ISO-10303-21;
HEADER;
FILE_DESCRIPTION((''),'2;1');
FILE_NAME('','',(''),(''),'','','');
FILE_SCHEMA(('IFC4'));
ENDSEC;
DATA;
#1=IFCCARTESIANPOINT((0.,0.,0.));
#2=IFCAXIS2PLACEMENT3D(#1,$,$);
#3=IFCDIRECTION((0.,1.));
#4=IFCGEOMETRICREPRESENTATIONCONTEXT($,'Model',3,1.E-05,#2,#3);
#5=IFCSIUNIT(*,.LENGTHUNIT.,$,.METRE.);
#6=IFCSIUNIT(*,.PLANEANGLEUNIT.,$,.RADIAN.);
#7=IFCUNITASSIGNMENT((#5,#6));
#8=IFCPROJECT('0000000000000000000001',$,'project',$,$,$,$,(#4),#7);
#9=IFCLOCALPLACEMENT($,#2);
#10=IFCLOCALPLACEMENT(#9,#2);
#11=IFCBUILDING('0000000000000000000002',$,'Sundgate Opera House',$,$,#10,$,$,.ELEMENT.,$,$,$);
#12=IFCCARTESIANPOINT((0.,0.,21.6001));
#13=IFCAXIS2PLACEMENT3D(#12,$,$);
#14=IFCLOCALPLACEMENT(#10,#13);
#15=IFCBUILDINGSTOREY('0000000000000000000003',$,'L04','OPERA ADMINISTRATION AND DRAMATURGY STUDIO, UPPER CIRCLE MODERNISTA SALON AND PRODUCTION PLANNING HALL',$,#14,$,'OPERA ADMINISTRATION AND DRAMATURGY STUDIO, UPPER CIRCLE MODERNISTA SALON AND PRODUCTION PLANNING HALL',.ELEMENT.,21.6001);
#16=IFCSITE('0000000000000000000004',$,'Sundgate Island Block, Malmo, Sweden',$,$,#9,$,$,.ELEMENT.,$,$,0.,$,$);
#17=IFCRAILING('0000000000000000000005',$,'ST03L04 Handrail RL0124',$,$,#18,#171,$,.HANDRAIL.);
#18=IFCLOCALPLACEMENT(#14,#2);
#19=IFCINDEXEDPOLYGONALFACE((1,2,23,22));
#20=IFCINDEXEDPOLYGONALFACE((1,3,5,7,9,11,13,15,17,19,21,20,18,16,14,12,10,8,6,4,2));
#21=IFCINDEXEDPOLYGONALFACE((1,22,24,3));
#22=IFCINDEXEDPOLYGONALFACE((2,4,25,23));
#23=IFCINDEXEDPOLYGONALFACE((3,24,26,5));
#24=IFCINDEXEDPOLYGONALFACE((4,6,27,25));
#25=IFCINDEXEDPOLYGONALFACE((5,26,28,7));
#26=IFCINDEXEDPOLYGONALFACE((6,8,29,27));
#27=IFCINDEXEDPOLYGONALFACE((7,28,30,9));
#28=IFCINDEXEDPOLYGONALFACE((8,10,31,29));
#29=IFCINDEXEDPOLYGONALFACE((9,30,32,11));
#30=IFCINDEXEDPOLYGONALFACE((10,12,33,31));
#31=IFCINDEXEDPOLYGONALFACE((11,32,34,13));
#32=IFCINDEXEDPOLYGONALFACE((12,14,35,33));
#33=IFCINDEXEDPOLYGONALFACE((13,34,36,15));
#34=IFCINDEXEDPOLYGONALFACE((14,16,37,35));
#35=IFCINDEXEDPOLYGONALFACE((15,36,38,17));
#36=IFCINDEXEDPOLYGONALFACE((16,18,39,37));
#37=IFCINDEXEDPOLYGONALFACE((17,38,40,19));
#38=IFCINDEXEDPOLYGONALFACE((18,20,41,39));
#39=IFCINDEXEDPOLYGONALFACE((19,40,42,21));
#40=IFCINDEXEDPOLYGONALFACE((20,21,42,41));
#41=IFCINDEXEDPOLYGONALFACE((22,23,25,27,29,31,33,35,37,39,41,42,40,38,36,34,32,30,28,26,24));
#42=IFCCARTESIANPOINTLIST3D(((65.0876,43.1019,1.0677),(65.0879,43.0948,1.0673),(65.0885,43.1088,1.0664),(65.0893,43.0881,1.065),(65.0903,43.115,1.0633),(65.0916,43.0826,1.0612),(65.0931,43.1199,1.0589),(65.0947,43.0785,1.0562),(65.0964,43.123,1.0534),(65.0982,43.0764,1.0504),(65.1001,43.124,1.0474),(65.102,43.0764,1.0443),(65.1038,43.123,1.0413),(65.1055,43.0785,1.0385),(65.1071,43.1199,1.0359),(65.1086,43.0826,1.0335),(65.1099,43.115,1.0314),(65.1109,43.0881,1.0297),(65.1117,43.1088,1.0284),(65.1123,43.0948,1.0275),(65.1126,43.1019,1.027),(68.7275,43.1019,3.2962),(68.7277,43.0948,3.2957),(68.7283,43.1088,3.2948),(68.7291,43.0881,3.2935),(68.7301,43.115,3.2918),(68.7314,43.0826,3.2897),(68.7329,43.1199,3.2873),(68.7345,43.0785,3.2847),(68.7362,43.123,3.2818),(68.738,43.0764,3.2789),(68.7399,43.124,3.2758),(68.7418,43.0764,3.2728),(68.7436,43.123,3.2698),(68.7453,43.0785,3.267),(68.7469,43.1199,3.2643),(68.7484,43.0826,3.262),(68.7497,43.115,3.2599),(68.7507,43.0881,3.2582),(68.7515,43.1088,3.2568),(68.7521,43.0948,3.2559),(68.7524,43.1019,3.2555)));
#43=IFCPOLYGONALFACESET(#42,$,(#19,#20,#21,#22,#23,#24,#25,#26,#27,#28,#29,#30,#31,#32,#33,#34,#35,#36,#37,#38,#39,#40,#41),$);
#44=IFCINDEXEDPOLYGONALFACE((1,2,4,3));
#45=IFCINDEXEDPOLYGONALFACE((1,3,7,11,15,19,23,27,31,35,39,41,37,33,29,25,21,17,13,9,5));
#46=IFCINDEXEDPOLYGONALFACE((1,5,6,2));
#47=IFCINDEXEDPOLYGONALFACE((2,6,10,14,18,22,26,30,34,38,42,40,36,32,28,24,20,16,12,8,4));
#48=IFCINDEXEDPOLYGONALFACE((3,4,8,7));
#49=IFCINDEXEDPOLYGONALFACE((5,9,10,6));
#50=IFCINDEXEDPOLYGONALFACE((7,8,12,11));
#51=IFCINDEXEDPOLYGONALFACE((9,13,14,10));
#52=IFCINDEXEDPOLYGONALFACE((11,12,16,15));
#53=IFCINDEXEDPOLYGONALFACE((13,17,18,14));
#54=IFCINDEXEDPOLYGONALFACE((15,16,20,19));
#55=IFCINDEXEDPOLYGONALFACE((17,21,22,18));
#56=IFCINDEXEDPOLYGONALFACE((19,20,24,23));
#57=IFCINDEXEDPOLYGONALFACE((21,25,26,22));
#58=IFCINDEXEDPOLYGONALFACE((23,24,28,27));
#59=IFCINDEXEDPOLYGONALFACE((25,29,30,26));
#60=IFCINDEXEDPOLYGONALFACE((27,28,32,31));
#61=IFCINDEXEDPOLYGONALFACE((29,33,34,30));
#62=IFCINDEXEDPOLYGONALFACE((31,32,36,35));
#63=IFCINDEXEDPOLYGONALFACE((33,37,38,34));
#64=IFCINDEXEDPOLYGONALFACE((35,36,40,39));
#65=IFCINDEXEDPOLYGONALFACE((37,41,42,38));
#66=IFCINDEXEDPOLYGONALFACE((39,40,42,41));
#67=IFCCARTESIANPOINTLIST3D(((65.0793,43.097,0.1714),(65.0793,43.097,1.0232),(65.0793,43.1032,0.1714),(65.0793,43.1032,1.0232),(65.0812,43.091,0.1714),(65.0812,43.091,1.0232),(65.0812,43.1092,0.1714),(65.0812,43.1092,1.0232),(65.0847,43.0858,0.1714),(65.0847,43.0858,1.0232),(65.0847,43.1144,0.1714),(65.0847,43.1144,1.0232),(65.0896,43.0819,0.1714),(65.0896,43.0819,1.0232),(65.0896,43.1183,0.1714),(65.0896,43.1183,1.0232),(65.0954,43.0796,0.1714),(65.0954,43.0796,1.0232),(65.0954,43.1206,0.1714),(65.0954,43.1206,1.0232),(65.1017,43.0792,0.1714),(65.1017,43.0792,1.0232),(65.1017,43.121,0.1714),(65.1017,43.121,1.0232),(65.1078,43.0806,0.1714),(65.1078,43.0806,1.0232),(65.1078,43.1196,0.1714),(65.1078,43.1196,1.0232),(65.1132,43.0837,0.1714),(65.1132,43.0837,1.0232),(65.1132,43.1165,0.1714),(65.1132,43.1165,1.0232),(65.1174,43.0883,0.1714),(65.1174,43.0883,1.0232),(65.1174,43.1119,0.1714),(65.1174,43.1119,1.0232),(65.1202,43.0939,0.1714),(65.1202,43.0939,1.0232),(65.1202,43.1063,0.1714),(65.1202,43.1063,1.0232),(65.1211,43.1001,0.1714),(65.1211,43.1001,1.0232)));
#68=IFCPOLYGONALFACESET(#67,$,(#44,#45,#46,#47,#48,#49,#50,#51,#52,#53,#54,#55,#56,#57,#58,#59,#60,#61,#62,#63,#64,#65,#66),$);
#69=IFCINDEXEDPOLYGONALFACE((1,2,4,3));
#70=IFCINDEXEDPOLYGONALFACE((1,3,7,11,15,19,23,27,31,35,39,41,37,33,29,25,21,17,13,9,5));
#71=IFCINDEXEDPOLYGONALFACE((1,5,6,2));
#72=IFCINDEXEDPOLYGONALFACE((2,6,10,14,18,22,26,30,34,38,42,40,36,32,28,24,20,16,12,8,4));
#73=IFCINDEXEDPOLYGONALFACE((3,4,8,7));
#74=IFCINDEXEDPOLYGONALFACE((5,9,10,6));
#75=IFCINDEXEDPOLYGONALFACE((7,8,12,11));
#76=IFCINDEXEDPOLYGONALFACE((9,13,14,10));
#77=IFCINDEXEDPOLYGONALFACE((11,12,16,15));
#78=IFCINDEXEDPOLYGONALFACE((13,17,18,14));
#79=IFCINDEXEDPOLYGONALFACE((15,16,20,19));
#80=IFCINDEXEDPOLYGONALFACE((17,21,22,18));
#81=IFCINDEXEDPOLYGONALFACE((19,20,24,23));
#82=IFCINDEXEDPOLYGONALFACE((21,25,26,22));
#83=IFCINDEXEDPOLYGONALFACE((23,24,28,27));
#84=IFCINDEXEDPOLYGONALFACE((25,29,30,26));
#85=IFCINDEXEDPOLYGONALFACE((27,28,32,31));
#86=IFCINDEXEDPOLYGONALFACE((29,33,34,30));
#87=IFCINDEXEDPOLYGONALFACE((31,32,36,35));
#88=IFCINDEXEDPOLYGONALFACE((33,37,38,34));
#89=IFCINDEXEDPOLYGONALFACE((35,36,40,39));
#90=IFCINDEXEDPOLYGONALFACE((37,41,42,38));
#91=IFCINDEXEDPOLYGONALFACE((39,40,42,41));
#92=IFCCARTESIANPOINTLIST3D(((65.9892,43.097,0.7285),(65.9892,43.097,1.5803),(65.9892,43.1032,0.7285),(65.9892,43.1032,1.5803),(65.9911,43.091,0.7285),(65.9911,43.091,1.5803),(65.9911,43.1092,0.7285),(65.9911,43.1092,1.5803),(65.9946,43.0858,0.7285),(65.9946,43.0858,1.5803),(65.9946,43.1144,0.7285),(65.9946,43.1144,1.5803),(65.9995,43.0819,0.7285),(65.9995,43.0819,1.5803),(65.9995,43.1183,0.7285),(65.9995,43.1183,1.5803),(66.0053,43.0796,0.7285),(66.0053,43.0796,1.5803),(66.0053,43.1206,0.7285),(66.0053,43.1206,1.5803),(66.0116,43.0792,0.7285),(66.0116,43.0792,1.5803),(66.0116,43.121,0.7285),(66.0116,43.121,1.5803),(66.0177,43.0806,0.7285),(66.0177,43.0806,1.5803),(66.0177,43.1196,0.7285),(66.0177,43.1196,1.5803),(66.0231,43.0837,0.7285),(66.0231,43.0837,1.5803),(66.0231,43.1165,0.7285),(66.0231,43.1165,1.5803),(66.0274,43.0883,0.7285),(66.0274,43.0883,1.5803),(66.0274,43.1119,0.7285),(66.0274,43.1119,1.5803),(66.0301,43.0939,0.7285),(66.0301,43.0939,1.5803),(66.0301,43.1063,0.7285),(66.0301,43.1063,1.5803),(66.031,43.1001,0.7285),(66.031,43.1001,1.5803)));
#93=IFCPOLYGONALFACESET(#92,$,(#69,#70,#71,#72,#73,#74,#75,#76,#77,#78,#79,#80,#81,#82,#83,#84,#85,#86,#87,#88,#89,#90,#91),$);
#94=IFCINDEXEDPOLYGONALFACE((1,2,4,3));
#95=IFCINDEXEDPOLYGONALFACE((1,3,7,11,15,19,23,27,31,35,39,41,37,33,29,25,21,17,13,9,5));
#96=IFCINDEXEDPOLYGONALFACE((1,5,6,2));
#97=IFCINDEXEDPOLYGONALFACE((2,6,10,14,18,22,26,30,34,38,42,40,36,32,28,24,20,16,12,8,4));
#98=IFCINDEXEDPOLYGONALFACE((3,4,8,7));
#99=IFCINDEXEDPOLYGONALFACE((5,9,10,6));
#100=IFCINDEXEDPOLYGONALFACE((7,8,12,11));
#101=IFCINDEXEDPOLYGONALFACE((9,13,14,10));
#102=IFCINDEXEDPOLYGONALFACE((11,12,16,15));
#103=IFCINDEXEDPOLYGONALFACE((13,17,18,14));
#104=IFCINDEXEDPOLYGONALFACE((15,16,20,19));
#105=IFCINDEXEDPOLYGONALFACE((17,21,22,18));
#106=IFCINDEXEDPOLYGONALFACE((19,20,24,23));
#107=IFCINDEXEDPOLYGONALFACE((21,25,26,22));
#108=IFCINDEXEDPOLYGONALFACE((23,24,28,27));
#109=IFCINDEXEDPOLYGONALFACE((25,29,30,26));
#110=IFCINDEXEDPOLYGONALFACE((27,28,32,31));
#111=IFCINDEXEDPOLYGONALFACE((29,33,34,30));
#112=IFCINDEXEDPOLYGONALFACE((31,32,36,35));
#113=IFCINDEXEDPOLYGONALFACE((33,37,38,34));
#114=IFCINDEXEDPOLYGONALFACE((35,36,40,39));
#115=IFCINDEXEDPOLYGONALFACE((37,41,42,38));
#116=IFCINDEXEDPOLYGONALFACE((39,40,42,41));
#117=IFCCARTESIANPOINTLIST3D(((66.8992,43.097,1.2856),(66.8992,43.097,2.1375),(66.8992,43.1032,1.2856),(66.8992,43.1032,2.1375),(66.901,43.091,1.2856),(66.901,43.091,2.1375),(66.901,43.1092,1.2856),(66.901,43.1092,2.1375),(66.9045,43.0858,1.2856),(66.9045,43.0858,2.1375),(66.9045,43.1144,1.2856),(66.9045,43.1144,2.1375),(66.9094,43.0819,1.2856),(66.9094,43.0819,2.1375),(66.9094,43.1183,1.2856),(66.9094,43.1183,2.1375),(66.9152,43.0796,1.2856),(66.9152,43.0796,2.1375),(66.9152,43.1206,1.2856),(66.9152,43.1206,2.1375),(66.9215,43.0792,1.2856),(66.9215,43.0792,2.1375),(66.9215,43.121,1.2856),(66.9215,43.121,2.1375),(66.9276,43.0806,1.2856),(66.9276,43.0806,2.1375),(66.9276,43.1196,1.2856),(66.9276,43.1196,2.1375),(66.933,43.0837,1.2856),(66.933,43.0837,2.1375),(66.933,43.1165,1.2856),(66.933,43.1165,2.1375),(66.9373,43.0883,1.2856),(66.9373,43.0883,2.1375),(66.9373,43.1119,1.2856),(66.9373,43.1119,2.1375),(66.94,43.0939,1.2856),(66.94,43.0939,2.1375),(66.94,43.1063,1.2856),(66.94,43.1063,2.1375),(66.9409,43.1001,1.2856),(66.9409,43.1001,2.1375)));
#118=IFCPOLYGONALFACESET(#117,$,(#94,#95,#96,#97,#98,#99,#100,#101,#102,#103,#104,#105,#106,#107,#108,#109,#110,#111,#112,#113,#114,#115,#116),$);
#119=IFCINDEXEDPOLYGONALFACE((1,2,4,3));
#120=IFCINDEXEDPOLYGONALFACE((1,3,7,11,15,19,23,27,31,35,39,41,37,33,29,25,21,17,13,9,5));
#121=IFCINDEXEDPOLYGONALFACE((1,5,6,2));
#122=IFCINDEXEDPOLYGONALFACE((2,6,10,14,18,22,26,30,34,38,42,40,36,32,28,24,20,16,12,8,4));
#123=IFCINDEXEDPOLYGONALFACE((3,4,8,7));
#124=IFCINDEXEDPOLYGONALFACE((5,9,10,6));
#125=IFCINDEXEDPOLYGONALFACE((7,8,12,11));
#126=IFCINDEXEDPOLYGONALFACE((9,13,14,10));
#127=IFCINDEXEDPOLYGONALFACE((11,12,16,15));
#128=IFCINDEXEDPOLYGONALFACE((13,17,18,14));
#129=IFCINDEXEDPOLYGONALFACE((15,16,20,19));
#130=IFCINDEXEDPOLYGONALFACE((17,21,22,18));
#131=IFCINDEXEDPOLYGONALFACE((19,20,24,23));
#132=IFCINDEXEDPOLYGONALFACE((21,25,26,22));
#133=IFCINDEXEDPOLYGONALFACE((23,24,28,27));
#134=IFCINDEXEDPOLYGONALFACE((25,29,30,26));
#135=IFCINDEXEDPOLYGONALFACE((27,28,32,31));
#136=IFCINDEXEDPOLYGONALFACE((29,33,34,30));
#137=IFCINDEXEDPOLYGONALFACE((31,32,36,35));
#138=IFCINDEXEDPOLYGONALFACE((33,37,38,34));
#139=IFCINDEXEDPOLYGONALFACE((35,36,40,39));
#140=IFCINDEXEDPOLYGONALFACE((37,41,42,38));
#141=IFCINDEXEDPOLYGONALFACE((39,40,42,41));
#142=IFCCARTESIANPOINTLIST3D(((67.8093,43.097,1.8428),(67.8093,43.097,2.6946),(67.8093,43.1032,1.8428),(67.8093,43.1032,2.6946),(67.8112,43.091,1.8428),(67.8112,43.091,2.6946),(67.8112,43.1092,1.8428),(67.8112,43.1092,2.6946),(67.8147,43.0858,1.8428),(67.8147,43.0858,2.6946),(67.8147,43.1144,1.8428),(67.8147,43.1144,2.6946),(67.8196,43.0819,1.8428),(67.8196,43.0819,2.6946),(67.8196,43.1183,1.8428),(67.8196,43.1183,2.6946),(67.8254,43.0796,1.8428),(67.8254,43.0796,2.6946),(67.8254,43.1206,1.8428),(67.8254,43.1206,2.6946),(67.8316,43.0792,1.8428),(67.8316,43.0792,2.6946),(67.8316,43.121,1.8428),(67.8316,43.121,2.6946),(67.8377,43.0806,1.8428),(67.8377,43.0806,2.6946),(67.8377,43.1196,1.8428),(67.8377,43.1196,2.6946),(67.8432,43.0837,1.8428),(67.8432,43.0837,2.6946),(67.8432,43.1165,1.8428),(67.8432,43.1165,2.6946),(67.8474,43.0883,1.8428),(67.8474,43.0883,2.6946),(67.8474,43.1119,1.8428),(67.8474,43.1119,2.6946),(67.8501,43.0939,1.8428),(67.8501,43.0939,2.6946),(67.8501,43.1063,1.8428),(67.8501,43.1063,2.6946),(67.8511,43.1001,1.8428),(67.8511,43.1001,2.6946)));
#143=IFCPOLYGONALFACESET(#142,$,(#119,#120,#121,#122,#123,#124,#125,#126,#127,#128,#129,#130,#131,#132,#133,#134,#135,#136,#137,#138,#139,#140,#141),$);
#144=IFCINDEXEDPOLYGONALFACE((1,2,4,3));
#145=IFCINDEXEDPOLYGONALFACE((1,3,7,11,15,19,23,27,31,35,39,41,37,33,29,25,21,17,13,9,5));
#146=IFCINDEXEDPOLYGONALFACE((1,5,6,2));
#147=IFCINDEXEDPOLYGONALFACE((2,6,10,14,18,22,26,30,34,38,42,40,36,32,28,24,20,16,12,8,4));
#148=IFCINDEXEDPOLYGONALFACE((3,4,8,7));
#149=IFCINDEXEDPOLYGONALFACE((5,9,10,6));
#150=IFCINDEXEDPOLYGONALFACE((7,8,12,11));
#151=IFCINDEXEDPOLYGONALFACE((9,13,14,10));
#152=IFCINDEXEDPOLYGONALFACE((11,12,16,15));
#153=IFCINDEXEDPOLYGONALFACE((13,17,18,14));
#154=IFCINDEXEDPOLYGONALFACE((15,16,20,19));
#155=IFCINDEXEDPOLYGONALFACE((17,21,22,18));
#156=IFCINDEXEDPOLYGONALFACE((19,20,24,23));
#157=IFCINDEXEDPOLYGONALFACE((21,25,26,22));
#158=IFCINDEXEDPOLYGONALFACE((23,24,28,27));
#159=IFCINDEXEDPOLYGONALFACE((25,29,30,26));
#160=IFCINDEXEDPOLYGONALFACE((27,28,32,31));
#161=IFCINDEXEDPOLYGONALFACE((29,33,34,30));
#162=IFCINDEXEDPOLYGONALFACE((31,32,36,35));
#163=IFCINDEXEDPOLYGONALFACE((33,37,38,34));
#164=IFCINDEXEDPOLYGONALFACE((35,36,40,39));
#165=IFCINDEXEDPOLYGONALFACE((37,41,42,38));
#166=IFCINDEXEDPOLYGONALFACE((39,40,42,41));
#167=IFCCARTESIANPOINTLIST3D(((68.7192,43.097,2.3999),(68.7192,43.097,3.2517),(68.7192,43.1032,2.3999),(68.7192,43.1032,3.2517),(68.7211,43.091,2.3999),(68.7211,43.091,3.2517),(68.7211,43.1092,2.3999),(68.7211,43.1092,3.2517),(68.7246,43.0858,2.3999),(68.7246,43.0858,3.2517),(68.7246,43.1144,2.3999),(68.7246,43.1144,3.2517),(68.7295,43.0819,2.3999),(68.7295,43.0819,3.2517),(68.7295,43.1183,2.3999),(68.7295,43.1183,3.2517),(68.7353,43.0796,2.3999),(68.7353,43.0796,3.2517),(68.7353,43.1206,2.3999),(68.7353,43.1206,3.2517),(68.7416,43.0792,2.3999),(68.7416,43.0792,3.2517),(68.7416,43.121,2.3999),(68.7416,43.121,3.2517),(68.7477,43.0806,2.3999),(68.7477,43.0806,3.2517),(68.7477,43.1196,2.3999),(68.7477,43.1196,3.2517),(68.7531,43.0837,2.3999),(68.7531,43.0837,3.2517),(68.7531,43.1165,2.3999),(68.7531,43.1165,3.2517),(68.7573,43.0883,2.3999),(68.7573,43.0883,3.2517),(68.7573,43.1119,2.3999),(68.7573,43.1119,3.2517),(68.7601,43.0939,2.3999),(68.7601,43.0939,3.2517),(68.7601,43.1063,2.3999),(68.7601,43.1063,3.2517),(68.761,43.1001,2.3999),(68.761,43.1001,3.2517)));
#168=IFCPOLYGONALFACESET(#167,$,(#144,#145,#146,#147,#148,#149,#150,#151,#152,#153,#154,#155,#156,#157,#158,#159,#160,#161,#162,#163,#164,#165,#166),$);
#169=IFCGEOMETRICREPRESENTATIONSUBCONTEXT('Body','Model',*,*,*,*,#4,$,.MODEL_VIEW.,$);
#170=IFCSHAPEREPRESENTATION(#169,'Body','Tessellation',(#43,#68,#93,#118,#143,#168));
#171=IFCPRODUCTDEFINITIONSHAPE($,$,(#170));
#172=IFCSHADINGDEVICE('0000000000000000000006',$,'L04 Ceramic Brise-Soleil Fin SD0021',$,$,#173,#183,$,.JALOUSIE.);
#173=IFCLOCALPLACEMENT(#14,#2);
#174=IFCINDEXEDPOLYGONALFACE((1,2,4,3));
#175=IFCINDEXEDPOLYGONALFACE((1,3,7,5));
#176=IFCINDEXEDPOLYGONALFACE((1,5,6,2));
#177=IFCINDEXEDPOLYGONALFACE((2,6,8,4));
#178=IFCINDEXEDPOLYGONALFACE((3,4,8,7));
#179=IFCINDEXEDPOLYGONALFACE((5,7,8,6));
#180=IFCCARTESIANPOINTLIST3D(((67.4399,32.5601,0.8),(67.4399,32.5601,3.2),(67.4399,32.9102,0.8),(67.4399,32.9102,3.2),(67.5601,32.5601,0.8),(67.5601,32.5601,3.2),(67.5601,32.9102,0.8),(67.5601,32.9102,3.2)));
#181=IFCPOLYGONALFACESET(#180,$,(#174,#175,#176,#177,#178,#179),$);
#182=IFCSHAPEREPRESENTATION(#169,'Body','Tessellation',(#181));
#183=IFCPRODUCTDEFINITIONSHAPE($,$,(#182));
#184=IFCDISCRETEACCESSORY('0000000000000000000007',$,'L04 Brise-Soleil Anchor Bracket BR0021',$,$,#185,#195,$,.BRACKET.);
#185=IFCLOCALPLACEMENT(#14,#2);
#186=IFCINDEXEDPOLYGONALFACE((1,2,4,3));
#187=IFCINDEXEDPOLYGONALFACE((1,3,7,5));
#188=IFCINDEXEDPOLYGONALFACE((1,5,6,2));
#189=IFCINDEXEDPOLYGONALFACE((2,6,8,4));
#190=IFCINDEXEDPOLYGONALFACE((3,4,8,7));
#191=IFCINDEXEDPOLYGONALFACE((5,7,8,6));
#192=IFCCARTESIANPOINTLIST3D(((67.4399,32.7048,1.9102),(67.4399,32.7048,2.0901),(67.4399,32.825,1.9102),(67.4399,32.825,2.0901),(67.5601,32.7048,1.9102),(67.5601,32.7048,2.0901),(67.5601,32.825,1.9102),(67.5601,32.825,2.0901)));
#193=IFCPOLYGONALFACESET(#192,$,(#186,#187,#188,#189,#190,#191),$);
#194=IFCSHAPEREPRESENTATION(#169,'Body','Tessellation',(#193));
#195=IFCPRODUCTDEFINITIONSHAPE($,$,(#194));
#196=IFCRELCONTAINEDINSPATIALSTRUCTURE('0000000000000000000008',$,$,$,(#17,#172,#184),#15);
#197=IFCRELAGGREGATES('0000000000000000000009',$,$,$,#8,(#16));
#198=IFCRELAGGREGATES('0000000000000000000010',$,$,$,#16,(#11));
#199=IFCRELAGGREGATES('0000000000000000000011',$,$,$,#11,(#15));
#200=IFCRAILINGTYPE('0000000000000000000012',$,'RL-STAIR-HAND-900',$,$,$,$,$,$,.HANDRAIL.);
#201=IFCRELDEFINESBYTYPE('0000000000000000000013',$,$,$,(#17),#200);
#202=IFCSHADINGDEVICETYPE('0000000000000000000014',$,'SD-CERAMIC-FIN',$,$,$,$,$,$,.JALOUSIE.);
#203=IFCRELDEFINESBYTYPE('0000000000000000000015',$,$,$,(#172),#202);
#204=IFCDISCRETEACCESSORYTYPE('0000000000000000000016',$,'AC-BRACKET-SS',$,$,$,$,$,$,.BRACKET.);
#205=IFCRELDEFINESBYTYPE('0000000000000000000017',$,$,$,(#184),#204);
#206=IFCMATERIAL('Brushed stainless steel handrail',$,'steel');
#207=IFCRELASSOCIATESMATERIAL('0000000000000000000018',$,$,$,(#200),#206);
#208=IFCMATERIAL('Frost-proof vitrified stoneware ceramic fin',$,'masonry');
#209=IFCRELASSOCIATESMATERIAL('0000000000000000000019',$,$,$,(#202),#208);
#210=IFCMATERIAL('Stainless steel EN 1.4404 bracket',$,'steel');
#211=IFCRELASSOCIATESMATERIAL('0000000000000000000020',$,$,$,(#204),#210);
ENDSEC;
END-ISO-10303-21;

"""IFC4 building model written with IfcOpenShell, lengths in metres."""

from ifc_helpers import new_model, si_unit, direction, frame, origin, origin_2d, place, context, subcontext, project, spatial, rectangle, circle, extrude, material, type_object, element, save


model = new_model("IFC4")

# Units and contexts
model_context = context("Model", 3, precision=1e-05, world=origin(), true_north=direction((0.0, 1.0)))
body_context = subcontext(model_context, "Body", "Model", "MODEL_VIEW")
ifc_project = project(units=[si_unit("LENGTHUNIT", "METRE"), si_unit("PLANEANGLEUNIT", "RADIAN")], contexts=[model_context])

# Site, building, storey
site_placement = place(None, origin())
site = spatial("IfcSite", under=ifc_project, at=site_placement, Name="Sundgate Island Block, Malmo, Sweden", CompositionType="ELEMENT", RefElevation=0.0)
building_placement = place(site_placement, origin())
building = spatial("IfcBuilding", under=site, at=building_placement, Name="Sundgate Opera House", CompositionType="ELEMENT")
storey_placement = place(building_placement, frame((0.0, 0.0, 21.6001)))
storey = spatial("IfcBuildingStorey", under=building, at=storey_placement, Name="L04", Description="OPERA ADMINISTRATION AND DRAMATURGY STUDIO, UPPER CIRCLE MODERNISTA SALON AND PRODUCTION PLANNING HALL", LongName="OPERA ADMINISTRATION AND DRAMATURGY STUDIO, UPPER CIRCLE MODERNISTA SALON AND PRODUCTION PLANNING HALL", CompositionType="ELEMENT", Elevation=21.6001)

# Railing
ifc_material_1 = material(Name="Brushed stainless steel handrail", Category="steel")
railing_type_1 = type_object("IfcRailingType", Name="RL-STAIR-HAND-900", PredefinedType="HANDRAIL", material=ifc_material_1)
railing_1_placement = place(storey_placement, frame((65.1001, 43.1001, 0.1714)))
element("IfcRailing", 1, at=railing_1_placement, inside=storey, type_object=railing_type_1, Name="ST03L04 Handrail RL0124", PredefinedType="HANDRAIL", context=body_context, shape_type="SweptSolid", body=[
    extrude(circle(Radius=0.0239, at=origin_2d()), frame((0.0, 0.0, 0.876), z_axis=(0.85285, 0.0, 0.522156), x_axis=(0.0, 1.0, 0.0)), (0.0, 0.0, 1.0), 4.2678),
    extrude(circle(Radius=0.021, at=origin_2d()), origin(), (0.0, 0.0, 1.0), 0.8518),
    extrude(circle(Radius=0.021, at=origin_2d()), frame((0.9099, 0.0, 0.5571)), (0.0, 0.0, 1.0), 0.8518),
    extrude(circle(Radius=0.021, at=origin_2d()), frame((1.8198, 0.0, 1.1143)), (0.0, 0.0, 1.0), 0.8518),
    extrude(circle(Radius=0.021, at=origin_2d()), frame((2.73, 0.0, 1.6714)), (0.0, 0.0, 1.0), 0.8518),
    extrude(circle(Radius=0.021, at=origin_2d()), frame((3.6399, 0.0, 2.2285)), (0.0, 0.0, 1.0), 0.8518),
])

# Shading device
ifc_material_2 = material(Name="Frost-proof vitrified stoneware ceramic fin", Category="masonry")
shading_device_type = type_object("IfcShadingDeviceType", Name="SD-CERAMIC-FIN", PredefinedType="JALOUSIE", material=ifc_material_2)
shading_device_placement = place(storey_placement, frame((67.5, 32.7351, 0.8), z_axis=(0.0, 0.0, 1.0), x_axis=(1.0, 0.0, 0.0)))
element("IfcShadingDevice", 2, at=shading_device_placement, inside=storey, type_object=shading_device_type, Name="L04 Ceramic Brise-Soleil Fin SD0021", PredefinedType="JALOUSIE", context=body_context, shape_type="SweptSolid", body=[
    extrude(rectangle(XDim=0.1201, YDim=0.3501, at=origin_2d()), origin(), (0.0, 0.0, 1.0), 2.3999),
])

# Discrete accessory
ifc_material_3 = material(Name="Stainless steel EN 1.4404 bracket", Category="steel")
discrete_accessory_type = type_object("IfcDiscreteAccessoryType", Name="AC-BRACKET-SS", PredefinedType="BRACKET", material=ifc_material_3)
discrete_accessory_placement = place(storey_placement, frame((67.5, 32.7649, 1.9102), z_axis=(0.0, 0.0, 1.0), x_axis=(1.0, 0.0, 0.0)))
element("IfcDiscreteAccessory", 3, at=discrete_accessory_placement, inside=storey, type_object=discrete_accessory_type, Name="L04 Brise-Soleil Anchor Bracket BR0021", PredefinedType="BRACKET", context=body_context, shape_type="SweptSolid", body=[
    extrude(rectangle(XDim=0.1201, YDim=0.1201, at=origin_2d()), origin(), (0.0, 0.0, 1.0), 0.1799),
])

save(model, "model.ifc")
